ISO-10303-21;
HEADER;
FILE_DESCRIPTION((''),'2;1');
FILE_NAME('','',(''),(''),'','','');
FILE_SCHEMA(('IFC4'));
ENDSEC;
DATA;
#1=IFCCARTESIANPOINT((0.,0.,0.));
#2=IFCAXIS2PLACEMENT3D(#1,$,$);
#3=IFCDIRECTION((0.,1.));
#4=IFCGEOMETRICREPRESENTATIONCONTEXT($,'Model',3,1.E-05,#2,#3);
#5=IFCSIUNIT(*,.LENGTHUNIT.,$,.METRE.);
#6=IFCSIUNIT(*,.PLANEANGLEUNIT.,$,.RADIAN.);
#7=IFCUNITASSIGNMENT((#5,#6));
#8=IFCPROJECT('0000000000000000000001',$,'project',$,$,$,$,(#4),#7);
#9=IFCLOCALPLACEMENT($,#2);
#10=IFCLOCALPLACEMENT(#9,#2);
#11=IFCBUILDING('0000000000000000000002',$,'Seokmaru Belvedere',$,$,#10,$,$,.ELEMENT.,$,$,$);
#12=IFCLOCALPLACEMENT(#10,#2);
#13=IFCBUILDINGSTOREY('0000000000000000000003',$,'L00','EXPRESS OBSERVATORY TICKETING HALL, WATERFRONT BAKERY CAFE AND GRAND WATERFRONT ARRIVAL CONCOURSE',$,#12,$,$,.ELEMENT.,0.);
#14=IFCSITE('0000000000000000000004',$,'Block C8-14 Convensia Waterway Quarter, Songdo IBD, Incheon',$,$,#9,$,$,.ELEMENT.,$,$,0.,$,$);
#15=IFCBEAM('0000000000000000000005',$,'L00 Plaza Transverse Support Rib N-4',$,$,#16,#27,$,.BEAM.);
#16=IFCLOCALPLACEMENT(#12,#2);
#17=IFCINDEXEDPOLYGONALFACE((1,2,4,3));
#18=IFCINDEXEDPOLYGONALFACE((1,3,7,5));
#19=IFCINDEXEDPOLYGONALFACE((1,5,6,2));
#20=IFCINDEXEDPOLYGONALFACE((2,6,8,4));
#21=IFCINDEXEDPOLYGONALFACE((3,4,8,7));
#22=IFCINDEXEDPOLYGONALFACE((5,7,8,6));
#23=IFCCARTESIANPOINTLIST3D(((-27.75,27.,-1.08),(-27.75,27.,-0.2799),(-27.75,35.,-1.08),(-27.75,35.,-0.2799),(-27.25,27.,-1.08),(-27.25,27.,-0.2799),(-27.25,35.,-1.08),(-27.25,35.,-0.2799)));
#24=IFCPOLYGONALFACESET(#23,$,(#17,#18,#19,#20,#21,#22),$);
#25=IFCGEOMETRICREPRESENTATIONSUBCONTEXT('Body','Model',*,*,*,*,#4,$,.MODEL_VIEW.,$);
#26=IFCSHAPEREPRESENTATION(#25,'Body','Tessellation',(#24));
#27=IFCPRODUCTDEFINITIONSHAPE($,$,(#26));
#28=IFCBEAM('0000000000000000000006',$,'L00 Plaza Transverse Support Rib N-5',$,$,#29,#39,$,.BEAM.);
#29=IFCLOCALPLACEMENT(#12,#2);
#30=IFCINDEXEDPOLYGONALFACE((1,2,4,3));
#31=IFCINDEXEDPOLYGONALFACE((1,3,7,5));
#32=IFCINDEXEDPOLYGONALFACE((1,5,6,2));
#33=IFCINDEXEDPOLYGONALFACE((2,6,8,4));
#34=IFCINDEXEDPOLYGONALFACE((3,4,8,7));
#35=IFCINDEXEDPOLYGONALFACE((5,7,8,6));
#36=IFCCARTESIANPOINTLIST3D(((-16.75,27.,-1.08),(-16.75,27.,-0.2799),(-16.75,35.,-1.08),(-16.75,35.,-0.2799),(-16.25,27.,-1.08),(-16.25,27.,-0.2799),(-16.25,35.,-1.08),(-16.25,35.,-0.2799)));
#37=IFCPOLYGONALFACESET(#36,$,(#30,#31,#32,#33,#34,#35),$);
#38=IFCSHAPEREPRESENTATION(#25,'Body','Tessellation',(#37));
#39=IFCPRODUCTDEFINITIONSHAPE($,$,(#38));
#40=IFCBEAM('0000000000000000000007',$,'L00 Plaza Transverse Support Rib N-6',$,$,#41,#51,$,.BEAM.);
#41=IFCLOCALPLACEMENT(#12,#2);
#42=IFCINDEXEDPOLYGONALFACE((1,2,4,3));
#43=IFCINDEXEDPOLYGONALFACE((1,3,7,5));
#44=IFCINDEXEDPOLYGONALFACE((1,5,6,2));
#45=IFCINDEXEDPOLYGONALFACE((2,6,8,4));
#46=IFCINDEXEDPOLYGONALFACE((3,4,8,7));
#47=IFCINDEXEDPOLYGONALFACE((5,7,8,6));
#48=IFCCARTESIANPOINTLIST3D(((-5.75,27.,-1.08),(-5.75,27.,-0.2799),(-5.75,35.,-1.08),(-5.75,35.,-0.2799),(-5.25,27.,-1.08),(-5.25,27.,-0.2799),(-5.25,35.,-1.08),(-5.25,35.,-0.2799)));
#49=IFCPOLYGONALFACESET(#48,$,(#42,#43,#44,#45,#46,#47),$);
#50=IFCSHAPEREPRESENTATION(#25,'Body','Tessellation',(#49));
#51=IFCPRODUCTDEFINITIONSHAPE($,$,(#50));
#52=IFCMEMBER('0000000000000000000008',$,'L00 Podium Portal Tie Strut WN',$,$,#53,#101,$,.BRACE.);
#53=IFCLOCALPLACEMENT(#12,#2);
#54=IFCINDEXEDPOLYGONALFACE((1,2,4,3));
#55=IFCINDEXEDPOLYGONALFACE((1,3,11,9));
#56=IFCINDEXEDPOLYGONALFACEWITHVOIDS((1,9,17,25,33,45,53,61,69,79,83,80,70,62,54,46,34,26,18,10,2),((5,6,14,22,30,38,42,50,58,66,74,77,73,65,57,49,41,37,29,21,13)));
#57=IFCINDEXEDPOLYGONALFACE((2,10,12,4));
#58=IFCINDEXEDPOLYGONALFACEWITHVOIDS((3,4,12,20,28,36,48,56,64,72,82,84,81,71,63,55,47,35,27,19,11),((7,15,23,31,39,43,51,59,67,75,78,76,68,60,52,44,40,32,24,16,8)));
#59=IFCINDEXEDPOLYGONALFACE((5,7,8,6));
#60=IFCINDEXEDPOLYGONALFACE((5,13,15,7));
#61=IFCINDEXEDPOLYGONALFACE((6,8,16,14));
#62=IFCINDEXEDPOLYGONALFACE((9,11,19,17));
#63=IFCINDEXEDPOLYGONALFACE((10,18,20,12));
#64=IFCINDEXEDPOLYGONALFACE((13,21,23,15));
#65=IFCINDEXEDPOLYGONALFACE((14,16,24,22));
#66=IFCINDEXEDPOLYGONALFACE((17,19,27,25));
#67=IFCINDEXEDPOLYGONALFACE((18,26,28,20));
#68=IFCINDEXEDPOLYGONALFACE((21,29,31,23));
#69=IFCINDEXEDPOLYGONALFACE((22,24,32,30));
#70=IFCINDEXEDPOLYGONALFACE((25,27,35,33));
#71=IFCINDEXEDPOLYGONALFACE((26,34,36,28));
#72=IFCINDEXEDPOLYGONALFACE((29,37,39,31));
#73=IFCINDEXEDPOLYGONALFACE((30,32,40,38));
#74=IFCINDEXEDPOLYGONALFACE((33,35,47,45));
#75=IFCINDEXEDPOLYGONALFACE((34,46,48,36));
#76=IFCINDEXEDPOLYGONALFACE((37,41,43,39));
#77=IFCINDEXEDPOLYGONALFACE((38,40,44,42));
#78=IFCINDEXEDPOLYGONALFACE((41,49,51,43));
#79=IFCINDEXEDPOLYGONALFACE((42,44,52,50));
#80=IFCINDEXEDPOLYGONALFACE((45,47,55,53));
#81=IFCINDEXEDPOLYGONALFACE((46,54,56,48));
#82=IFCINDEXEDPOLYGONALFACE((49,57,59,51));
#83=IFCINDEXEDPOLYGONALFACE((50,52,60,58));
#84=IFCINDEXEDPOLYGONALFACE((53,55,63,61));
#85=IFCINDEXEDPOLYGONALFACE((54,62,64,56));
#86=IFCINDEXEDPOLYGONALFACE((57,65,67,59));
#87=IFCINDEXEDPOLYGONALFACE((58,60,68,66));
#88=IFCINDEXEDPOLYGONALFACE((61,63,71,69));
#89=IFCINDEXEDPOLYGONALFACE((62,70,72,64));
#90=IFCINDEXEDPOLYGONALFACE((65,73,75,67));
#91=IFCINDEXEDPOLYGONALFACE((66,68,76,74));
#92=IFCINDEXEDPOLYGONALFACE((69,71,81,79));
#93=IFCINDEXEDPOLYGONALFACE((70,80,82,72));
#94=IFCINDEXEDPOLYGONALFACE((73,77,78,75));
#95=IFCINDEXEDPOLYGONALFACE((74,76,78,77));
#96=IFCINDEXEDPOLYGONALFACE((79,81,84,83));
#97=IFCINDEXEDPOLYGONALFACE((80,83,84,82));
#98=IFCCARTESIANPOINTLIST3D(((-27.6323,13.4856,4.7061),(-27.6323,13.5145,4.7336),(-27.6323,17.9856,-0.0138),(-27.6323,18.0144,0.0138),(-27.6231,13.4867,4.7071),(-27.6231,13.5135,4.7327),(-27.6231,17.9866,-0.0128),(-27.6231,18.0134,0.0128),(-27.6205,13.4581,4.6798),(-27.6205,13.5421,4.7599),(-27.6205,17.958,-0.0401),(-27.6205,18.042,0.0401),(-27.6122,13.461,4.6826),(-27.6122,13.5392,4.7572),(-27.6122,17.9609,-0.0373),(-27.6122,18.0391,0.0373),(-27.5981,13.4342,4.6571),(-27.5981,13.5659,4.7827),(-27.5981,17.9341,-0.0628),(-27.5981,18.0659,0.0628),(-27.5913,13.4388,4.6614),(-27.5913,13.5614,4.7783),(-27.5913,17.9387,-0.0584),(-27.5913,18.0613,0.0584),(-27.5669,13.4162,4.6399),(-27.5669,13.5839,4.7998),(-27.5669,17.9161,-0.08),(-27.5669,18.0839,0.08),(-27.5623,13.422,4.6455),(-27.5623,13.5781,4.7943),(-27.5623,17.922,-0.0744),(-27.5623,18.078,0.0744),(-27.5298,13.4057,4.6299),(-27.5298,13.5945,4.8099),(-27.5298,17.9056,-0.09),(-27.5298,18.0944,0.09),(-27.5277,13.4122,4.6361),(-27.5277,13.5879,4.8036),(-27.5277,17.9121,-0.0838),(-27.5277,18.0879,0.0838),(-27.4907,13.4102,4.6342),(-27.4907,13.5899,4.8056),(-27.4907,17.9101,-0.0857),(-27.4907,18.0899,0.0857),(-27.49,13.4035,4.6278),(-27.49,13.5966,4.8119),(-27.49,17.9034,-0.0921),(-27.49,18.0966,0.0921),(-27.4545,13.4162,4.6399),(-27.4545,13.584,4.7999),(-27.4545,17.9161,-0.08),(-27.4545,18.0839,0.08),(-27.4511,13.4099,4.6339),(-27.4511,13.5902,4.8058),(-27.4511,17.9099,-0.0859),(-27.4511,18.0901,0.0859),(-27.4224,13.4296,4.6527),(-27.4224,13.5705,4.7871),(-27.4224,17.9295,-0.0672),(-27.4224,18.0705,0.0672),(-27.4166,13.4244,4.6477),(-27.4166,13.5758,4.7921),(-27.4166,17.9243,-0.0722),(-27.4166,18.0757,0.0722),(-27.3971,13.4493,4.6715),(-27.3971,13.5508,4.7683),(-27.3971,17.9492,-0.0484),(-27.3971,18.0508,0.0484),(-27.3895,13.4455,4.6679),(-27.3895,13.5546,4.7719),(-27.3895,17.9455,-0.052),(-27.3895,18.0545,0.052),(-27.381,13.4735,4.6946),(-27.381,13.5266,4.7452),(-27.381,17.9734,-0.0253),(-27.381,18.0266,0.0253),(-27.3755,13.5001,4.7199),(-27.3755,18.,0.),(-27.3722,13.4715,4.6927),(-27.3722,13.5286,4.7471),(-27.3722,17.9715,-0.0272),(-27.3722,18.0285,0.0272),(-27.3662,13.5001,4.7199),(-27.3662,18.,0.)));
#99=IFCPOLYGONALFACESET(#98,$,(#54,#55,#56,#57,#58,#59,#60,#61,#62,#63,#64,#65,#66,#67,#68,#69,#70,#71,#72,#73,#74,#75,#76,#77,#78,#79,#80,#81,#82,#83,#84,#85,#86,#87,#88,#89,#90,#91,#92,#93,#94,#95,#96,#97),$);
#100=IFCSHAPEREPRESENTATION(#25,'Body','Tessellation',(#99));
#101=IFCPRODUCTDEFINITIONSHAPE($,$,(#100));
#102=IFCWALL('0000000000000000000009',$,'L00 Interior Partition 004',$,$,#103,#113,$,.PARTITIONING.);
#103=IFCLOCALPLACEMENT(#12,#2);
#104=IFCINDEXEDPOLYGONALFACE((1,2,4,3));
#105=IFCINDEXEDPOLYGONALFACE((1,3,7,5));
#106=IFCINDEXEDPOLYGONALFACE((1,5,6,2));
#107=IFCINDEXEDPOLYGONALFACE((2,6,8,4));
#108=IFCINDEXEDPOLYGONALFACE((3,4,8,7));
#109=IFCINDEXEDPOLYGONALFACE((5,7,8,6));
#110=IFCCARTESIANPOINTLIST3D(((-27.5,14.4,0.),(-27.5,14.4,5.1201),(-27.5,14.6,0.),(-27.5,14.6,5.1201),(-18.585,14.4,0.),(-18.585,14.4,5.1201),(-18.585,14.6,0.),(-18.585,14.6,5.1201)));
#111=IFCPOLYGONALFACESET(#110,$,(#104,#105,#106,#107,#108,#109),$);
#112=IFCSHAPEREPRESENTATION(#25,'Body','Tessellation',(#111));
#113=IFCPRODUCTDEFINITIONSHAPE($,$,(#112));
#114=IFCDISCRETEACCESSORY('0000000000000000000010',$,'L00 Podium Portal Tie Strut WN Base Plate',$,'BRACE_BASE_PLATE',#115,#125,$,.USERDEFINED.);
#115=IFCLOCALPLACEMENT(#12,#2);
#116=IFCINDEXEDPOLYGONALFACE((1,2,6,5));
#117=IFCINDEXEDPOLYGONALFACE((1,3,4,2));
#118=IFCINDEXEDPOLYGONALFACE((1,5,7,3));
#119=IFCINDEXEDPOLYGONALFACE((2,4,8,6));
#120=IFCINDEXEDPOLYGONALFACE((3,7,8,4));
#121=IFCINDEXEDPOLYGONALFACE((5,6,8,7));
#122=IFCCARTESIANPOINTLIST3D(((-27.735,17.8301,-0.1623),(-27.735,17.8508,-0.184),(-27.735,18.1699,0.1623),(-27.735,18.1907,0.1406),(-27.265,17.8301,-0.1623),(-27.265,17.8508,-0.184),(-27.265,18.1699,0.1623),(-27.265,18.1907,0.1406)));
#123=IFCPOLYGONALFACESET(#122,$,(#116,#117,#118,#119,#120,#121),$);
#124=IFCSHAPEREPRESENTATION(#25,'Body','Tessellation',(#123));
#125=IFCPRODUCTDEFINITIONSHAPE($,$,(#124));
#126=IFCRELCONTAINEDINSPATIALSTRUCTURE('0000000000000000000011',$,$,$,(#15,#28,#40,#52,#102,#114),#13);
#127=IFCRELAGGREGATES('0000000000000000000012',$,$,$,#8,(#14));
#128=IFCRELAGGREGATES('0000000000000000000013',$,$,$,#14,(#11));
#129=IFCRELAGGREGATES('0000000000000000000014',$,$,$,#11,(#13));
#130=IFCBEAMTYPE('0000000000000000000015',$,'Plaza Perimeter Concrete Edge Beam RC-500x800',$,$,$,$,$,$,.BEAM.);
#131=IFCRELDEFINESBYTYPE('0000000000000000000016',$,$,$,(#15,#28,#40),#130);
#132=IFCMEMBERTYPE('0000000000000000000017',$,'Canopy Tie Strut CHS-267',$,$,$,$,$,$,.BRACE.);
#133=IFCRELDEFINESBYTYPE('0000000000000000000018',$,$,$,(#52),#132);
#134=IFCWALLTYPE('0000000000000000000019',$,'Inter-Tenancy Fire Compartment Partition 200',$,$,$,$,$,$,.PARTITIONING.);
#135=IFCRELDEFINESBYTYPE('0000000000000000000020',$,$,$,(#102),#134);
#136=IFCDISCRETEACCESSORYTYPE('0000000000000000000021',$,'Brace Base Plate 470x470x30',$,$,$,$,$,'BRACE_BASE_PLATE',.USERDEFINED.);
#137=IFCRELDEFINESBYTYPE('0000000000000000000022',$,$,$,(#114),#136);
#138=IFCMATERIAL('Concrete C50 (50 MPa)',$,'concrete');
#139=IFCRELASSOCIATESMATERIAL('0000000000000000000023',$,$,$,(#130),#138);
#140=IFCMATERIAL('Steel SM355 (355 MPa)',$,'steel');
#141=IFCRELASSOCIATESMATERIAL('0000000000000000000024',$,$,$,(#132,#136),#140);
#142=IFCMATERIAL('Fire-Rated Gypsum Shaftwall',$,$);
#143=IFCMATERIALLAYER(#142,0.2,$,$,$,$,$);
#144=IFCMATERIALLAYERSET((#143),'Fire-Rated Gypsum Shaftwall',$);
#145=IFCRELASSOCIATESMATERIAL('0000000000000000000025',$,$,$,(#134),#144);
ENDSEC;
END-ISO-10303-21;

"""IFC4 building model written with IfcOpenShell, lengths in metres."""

from ifc_helpers import new_model, si_unit, direction, frame, frame_2d, origin, origin_2d, place, context, subcontext, project, spatial, rectangle, hollow_circle, extrude, source, transform, mapped, material, layer, layer_set, material_profile, profile_set, type_object, type_shapes, element, save


model = new_model("IFC4")

# Units and contexts
model_context = context("Model", 3, precision=1e-05, world=origin(), true_north=direction((0.0, 1.0)))
body_context = subcontext(model_context, "Body", "Model", "MODEL_VIEW")
ifc_project = project(units=[si_unit("LENGTHUNIT", "METRE"), si_unit("PLANEANGLEUNIT", "RADIAN")], contexts=[model_context])

# Site, building, storey
site_placement = place(None, origin())
site = spatial("IfcSite", under=ifc_project, at=site_placement, Name="Block C8-14 Convensia Waterway Quarter, Songdo IBD, Incheon", CompositionType="ELEMENT", RefElevation=0.0)
building_placement = place(site_placement, origin())
building = spatial("IfcBuilding", under=site, at=building_placement, Name="Seokmaru Belvedere", CompositionType="ELEMENT")
storey_placement = place(building_placement, origin())
storey = spatial("IfcBuildingStorey", under=building, at=storey_placement, Name="L00", Description="EXPRESS OBSERVATORY TICKETING HALL, WATERFRONT BAKERY CAFE AND GRAND WATERFRONT ARRIVAL CONCOURSE", CompositionType="ELEMENT", Elevation=0.0)

# Shared definitions
ifc_material_1 = material(Name="Concrete C50 (50 MPa)", Category="concrete")

# Beams
ifc_material_2 = material(Name="Steel SM355 (355 MPa)", Category="steel")
ifc_material_profile_1 = material_profile(ifc_material_1, rectangle(XDim=0.5, YDim=0.8, at=origin_2d()), Name="RC-500x800")
ifc_profile_set_1 = profile_set([ifc_material_profile_1], Name="Concrete C50 (50 MPa)")
beam_type_1 = type_object("IfcBeamType", Name="Plaza Perimeter Concrete Edge Beam RC-500x800", PredefinedType="BEAM", material=ifc_profile_set_1)
shared_shape_1 = source(origin(), body_context, "Body", "SweptSolid", [
    extrude(rectangle(XDim=0.5, YDim=0.8, at=origin_2d()), origin(), (0.0, 0.0, 1.0), 8.0),
])
for number, where, z_axis, x_axis, name in (
    (1, (-27.5, 35.0, -0.6799), (0.0, -1.0, 0.0), (1.0, 0.0, 0.0), "L00 Plaza Transverse Support Rib N-4"),
    (2, (-16.5, 35.0, -0.6799), (0.0, -1.0, 0.0), (1.0, 0.0, 0.0), "L00 Plaza Transverse Support Rib N-5"),
    (3, (-5.5, 35.0, -0.6799), (0.0, -1.0, 0.0), (1.0, 0.0, 0.0), "L00 Plaza Transverse Support Rib N-6"),
):
    element("IfcBeam", number, at=place(storey_placement, frame(where, z_axis=z_axis, x_axis=x_axis)), inside=storey, type_object=beam_type_1, Name=name, PredefinedType="BEAM", context=body_context, shape_type="MappedRepresentation", body=[
        mapped(shared_shape_1, transform((0.0, 0.0, 0.0), scale=1.0)),
    ])

# Member
ifc_material_profile_2 = material_profile(ifc_material_2, hollow_circle(Radius=0.1338, WallThickness=0.0093, at=origin_2d()), Name="CHS-267.4x9.3")
ifc_profile_set_2 = profile_set([ifc_material_profile_2], Name="Steel SM355 (355 MPa)")
member_type = type_object("IfcMemberType", Name="Canopy Tie Strut CHS-267", PredefinedType="BRACE", material=ifc_profile_set_2)
shared_shape_2 = source(origin(), body_context, "Body", "SweptSolid", [
    extrude(hollow_circle(Radius=0.1338, WallThickness=0.0093, at=origin_2d()), origin(), (0.0, 0.0, 1.0), 6.5212),
])
type_shapes(member_type, [shared_shape_2])
member_placement = place(storey_placement, frame((-27.5, 18.0, 0.0), z_axis=(0.0, -0.69004, 0.723771), x_axis=(1.0, 0.0, 0.0)))
element("IfcMember", 4, at=member_placement, inside=storey, type_object=member_type, Name="L00 Podium Portal Tie Strut WN", PredefinedType="BRACE", context=body_context, shape_type="MappedRepresentation", body=[
    mapped(shared_shape_2, transform((0.0, 0.0, 0.0), scale=1.0)),
])

# Wall
ifc_material_3 = material(Name="Fire-Rated Gypsum Shaftwall")
ifc_layer = layer(ifc_material_3, 0.2)
ifc_layer_set = layer_set([ifc_layer], Name="Fire-Rated Gypsum Shaftwall")
wall_type = type_object("IfcWallType", Name="Inter-Tenancy Fire Compartment Partition 200", PredefinedType="PARTITIONING", material=ifc_layer_set)
wall_placement = place(storey_placement, frame((-27.5, 14.5, 0.0), z_axis=(0.0, 0.0, 1.0), x_axis=(1.0, 0.0, 0.0)))
element("IfcWall", 5, at=wall_placement, inside=storey, type_object=wall_type, Name="L00 Interior Partition 004", PredefinedType="PARTITIONING", context=body_context, shape_type="SweptSolid", body=[
    extrude(rectangle(XDim=8.915, YDim=0.2, at=frame_2d((4.4575, 0.0))), origin(), (0.0, 0.0, 1.0), 5.1201),
])

# Discrete accessory
discrete_accessory_type = type_object("IfcDiscreteAccessoryType", Name="Brace Base Plate 470x470x30", ElementType="BRACE_BASE_PLATE", PredefinedType="USERDEFINED", material=ifc_material_2)
discrete_accessory_placement = place(storey_placement, frame((-27.5, 18.0, 0.0), z_axis=(0.0, 0.690669, -0.723171), x_axis=(-1.0, 0.0, 0.0)))
element("IfcDiscreteAccessory", 6, at=discrete_accessory_placement, inside=storey, type_object=discrete_accessory_type, Name="L00 Podium Portal Tie Strut WN Base Plate", ObjectType="BRACE_BASE_PLATE", PredefinedType="USERDEFINED", context=body_context, shape_type="SweptSolid", body=[
    extrude(rectangle(XDim=0.47, YDim=0.47, at=origin_2d()), origin(), (0.0, 0.0, 1.0), 0.03),
])

save(model, "model.ifc")
